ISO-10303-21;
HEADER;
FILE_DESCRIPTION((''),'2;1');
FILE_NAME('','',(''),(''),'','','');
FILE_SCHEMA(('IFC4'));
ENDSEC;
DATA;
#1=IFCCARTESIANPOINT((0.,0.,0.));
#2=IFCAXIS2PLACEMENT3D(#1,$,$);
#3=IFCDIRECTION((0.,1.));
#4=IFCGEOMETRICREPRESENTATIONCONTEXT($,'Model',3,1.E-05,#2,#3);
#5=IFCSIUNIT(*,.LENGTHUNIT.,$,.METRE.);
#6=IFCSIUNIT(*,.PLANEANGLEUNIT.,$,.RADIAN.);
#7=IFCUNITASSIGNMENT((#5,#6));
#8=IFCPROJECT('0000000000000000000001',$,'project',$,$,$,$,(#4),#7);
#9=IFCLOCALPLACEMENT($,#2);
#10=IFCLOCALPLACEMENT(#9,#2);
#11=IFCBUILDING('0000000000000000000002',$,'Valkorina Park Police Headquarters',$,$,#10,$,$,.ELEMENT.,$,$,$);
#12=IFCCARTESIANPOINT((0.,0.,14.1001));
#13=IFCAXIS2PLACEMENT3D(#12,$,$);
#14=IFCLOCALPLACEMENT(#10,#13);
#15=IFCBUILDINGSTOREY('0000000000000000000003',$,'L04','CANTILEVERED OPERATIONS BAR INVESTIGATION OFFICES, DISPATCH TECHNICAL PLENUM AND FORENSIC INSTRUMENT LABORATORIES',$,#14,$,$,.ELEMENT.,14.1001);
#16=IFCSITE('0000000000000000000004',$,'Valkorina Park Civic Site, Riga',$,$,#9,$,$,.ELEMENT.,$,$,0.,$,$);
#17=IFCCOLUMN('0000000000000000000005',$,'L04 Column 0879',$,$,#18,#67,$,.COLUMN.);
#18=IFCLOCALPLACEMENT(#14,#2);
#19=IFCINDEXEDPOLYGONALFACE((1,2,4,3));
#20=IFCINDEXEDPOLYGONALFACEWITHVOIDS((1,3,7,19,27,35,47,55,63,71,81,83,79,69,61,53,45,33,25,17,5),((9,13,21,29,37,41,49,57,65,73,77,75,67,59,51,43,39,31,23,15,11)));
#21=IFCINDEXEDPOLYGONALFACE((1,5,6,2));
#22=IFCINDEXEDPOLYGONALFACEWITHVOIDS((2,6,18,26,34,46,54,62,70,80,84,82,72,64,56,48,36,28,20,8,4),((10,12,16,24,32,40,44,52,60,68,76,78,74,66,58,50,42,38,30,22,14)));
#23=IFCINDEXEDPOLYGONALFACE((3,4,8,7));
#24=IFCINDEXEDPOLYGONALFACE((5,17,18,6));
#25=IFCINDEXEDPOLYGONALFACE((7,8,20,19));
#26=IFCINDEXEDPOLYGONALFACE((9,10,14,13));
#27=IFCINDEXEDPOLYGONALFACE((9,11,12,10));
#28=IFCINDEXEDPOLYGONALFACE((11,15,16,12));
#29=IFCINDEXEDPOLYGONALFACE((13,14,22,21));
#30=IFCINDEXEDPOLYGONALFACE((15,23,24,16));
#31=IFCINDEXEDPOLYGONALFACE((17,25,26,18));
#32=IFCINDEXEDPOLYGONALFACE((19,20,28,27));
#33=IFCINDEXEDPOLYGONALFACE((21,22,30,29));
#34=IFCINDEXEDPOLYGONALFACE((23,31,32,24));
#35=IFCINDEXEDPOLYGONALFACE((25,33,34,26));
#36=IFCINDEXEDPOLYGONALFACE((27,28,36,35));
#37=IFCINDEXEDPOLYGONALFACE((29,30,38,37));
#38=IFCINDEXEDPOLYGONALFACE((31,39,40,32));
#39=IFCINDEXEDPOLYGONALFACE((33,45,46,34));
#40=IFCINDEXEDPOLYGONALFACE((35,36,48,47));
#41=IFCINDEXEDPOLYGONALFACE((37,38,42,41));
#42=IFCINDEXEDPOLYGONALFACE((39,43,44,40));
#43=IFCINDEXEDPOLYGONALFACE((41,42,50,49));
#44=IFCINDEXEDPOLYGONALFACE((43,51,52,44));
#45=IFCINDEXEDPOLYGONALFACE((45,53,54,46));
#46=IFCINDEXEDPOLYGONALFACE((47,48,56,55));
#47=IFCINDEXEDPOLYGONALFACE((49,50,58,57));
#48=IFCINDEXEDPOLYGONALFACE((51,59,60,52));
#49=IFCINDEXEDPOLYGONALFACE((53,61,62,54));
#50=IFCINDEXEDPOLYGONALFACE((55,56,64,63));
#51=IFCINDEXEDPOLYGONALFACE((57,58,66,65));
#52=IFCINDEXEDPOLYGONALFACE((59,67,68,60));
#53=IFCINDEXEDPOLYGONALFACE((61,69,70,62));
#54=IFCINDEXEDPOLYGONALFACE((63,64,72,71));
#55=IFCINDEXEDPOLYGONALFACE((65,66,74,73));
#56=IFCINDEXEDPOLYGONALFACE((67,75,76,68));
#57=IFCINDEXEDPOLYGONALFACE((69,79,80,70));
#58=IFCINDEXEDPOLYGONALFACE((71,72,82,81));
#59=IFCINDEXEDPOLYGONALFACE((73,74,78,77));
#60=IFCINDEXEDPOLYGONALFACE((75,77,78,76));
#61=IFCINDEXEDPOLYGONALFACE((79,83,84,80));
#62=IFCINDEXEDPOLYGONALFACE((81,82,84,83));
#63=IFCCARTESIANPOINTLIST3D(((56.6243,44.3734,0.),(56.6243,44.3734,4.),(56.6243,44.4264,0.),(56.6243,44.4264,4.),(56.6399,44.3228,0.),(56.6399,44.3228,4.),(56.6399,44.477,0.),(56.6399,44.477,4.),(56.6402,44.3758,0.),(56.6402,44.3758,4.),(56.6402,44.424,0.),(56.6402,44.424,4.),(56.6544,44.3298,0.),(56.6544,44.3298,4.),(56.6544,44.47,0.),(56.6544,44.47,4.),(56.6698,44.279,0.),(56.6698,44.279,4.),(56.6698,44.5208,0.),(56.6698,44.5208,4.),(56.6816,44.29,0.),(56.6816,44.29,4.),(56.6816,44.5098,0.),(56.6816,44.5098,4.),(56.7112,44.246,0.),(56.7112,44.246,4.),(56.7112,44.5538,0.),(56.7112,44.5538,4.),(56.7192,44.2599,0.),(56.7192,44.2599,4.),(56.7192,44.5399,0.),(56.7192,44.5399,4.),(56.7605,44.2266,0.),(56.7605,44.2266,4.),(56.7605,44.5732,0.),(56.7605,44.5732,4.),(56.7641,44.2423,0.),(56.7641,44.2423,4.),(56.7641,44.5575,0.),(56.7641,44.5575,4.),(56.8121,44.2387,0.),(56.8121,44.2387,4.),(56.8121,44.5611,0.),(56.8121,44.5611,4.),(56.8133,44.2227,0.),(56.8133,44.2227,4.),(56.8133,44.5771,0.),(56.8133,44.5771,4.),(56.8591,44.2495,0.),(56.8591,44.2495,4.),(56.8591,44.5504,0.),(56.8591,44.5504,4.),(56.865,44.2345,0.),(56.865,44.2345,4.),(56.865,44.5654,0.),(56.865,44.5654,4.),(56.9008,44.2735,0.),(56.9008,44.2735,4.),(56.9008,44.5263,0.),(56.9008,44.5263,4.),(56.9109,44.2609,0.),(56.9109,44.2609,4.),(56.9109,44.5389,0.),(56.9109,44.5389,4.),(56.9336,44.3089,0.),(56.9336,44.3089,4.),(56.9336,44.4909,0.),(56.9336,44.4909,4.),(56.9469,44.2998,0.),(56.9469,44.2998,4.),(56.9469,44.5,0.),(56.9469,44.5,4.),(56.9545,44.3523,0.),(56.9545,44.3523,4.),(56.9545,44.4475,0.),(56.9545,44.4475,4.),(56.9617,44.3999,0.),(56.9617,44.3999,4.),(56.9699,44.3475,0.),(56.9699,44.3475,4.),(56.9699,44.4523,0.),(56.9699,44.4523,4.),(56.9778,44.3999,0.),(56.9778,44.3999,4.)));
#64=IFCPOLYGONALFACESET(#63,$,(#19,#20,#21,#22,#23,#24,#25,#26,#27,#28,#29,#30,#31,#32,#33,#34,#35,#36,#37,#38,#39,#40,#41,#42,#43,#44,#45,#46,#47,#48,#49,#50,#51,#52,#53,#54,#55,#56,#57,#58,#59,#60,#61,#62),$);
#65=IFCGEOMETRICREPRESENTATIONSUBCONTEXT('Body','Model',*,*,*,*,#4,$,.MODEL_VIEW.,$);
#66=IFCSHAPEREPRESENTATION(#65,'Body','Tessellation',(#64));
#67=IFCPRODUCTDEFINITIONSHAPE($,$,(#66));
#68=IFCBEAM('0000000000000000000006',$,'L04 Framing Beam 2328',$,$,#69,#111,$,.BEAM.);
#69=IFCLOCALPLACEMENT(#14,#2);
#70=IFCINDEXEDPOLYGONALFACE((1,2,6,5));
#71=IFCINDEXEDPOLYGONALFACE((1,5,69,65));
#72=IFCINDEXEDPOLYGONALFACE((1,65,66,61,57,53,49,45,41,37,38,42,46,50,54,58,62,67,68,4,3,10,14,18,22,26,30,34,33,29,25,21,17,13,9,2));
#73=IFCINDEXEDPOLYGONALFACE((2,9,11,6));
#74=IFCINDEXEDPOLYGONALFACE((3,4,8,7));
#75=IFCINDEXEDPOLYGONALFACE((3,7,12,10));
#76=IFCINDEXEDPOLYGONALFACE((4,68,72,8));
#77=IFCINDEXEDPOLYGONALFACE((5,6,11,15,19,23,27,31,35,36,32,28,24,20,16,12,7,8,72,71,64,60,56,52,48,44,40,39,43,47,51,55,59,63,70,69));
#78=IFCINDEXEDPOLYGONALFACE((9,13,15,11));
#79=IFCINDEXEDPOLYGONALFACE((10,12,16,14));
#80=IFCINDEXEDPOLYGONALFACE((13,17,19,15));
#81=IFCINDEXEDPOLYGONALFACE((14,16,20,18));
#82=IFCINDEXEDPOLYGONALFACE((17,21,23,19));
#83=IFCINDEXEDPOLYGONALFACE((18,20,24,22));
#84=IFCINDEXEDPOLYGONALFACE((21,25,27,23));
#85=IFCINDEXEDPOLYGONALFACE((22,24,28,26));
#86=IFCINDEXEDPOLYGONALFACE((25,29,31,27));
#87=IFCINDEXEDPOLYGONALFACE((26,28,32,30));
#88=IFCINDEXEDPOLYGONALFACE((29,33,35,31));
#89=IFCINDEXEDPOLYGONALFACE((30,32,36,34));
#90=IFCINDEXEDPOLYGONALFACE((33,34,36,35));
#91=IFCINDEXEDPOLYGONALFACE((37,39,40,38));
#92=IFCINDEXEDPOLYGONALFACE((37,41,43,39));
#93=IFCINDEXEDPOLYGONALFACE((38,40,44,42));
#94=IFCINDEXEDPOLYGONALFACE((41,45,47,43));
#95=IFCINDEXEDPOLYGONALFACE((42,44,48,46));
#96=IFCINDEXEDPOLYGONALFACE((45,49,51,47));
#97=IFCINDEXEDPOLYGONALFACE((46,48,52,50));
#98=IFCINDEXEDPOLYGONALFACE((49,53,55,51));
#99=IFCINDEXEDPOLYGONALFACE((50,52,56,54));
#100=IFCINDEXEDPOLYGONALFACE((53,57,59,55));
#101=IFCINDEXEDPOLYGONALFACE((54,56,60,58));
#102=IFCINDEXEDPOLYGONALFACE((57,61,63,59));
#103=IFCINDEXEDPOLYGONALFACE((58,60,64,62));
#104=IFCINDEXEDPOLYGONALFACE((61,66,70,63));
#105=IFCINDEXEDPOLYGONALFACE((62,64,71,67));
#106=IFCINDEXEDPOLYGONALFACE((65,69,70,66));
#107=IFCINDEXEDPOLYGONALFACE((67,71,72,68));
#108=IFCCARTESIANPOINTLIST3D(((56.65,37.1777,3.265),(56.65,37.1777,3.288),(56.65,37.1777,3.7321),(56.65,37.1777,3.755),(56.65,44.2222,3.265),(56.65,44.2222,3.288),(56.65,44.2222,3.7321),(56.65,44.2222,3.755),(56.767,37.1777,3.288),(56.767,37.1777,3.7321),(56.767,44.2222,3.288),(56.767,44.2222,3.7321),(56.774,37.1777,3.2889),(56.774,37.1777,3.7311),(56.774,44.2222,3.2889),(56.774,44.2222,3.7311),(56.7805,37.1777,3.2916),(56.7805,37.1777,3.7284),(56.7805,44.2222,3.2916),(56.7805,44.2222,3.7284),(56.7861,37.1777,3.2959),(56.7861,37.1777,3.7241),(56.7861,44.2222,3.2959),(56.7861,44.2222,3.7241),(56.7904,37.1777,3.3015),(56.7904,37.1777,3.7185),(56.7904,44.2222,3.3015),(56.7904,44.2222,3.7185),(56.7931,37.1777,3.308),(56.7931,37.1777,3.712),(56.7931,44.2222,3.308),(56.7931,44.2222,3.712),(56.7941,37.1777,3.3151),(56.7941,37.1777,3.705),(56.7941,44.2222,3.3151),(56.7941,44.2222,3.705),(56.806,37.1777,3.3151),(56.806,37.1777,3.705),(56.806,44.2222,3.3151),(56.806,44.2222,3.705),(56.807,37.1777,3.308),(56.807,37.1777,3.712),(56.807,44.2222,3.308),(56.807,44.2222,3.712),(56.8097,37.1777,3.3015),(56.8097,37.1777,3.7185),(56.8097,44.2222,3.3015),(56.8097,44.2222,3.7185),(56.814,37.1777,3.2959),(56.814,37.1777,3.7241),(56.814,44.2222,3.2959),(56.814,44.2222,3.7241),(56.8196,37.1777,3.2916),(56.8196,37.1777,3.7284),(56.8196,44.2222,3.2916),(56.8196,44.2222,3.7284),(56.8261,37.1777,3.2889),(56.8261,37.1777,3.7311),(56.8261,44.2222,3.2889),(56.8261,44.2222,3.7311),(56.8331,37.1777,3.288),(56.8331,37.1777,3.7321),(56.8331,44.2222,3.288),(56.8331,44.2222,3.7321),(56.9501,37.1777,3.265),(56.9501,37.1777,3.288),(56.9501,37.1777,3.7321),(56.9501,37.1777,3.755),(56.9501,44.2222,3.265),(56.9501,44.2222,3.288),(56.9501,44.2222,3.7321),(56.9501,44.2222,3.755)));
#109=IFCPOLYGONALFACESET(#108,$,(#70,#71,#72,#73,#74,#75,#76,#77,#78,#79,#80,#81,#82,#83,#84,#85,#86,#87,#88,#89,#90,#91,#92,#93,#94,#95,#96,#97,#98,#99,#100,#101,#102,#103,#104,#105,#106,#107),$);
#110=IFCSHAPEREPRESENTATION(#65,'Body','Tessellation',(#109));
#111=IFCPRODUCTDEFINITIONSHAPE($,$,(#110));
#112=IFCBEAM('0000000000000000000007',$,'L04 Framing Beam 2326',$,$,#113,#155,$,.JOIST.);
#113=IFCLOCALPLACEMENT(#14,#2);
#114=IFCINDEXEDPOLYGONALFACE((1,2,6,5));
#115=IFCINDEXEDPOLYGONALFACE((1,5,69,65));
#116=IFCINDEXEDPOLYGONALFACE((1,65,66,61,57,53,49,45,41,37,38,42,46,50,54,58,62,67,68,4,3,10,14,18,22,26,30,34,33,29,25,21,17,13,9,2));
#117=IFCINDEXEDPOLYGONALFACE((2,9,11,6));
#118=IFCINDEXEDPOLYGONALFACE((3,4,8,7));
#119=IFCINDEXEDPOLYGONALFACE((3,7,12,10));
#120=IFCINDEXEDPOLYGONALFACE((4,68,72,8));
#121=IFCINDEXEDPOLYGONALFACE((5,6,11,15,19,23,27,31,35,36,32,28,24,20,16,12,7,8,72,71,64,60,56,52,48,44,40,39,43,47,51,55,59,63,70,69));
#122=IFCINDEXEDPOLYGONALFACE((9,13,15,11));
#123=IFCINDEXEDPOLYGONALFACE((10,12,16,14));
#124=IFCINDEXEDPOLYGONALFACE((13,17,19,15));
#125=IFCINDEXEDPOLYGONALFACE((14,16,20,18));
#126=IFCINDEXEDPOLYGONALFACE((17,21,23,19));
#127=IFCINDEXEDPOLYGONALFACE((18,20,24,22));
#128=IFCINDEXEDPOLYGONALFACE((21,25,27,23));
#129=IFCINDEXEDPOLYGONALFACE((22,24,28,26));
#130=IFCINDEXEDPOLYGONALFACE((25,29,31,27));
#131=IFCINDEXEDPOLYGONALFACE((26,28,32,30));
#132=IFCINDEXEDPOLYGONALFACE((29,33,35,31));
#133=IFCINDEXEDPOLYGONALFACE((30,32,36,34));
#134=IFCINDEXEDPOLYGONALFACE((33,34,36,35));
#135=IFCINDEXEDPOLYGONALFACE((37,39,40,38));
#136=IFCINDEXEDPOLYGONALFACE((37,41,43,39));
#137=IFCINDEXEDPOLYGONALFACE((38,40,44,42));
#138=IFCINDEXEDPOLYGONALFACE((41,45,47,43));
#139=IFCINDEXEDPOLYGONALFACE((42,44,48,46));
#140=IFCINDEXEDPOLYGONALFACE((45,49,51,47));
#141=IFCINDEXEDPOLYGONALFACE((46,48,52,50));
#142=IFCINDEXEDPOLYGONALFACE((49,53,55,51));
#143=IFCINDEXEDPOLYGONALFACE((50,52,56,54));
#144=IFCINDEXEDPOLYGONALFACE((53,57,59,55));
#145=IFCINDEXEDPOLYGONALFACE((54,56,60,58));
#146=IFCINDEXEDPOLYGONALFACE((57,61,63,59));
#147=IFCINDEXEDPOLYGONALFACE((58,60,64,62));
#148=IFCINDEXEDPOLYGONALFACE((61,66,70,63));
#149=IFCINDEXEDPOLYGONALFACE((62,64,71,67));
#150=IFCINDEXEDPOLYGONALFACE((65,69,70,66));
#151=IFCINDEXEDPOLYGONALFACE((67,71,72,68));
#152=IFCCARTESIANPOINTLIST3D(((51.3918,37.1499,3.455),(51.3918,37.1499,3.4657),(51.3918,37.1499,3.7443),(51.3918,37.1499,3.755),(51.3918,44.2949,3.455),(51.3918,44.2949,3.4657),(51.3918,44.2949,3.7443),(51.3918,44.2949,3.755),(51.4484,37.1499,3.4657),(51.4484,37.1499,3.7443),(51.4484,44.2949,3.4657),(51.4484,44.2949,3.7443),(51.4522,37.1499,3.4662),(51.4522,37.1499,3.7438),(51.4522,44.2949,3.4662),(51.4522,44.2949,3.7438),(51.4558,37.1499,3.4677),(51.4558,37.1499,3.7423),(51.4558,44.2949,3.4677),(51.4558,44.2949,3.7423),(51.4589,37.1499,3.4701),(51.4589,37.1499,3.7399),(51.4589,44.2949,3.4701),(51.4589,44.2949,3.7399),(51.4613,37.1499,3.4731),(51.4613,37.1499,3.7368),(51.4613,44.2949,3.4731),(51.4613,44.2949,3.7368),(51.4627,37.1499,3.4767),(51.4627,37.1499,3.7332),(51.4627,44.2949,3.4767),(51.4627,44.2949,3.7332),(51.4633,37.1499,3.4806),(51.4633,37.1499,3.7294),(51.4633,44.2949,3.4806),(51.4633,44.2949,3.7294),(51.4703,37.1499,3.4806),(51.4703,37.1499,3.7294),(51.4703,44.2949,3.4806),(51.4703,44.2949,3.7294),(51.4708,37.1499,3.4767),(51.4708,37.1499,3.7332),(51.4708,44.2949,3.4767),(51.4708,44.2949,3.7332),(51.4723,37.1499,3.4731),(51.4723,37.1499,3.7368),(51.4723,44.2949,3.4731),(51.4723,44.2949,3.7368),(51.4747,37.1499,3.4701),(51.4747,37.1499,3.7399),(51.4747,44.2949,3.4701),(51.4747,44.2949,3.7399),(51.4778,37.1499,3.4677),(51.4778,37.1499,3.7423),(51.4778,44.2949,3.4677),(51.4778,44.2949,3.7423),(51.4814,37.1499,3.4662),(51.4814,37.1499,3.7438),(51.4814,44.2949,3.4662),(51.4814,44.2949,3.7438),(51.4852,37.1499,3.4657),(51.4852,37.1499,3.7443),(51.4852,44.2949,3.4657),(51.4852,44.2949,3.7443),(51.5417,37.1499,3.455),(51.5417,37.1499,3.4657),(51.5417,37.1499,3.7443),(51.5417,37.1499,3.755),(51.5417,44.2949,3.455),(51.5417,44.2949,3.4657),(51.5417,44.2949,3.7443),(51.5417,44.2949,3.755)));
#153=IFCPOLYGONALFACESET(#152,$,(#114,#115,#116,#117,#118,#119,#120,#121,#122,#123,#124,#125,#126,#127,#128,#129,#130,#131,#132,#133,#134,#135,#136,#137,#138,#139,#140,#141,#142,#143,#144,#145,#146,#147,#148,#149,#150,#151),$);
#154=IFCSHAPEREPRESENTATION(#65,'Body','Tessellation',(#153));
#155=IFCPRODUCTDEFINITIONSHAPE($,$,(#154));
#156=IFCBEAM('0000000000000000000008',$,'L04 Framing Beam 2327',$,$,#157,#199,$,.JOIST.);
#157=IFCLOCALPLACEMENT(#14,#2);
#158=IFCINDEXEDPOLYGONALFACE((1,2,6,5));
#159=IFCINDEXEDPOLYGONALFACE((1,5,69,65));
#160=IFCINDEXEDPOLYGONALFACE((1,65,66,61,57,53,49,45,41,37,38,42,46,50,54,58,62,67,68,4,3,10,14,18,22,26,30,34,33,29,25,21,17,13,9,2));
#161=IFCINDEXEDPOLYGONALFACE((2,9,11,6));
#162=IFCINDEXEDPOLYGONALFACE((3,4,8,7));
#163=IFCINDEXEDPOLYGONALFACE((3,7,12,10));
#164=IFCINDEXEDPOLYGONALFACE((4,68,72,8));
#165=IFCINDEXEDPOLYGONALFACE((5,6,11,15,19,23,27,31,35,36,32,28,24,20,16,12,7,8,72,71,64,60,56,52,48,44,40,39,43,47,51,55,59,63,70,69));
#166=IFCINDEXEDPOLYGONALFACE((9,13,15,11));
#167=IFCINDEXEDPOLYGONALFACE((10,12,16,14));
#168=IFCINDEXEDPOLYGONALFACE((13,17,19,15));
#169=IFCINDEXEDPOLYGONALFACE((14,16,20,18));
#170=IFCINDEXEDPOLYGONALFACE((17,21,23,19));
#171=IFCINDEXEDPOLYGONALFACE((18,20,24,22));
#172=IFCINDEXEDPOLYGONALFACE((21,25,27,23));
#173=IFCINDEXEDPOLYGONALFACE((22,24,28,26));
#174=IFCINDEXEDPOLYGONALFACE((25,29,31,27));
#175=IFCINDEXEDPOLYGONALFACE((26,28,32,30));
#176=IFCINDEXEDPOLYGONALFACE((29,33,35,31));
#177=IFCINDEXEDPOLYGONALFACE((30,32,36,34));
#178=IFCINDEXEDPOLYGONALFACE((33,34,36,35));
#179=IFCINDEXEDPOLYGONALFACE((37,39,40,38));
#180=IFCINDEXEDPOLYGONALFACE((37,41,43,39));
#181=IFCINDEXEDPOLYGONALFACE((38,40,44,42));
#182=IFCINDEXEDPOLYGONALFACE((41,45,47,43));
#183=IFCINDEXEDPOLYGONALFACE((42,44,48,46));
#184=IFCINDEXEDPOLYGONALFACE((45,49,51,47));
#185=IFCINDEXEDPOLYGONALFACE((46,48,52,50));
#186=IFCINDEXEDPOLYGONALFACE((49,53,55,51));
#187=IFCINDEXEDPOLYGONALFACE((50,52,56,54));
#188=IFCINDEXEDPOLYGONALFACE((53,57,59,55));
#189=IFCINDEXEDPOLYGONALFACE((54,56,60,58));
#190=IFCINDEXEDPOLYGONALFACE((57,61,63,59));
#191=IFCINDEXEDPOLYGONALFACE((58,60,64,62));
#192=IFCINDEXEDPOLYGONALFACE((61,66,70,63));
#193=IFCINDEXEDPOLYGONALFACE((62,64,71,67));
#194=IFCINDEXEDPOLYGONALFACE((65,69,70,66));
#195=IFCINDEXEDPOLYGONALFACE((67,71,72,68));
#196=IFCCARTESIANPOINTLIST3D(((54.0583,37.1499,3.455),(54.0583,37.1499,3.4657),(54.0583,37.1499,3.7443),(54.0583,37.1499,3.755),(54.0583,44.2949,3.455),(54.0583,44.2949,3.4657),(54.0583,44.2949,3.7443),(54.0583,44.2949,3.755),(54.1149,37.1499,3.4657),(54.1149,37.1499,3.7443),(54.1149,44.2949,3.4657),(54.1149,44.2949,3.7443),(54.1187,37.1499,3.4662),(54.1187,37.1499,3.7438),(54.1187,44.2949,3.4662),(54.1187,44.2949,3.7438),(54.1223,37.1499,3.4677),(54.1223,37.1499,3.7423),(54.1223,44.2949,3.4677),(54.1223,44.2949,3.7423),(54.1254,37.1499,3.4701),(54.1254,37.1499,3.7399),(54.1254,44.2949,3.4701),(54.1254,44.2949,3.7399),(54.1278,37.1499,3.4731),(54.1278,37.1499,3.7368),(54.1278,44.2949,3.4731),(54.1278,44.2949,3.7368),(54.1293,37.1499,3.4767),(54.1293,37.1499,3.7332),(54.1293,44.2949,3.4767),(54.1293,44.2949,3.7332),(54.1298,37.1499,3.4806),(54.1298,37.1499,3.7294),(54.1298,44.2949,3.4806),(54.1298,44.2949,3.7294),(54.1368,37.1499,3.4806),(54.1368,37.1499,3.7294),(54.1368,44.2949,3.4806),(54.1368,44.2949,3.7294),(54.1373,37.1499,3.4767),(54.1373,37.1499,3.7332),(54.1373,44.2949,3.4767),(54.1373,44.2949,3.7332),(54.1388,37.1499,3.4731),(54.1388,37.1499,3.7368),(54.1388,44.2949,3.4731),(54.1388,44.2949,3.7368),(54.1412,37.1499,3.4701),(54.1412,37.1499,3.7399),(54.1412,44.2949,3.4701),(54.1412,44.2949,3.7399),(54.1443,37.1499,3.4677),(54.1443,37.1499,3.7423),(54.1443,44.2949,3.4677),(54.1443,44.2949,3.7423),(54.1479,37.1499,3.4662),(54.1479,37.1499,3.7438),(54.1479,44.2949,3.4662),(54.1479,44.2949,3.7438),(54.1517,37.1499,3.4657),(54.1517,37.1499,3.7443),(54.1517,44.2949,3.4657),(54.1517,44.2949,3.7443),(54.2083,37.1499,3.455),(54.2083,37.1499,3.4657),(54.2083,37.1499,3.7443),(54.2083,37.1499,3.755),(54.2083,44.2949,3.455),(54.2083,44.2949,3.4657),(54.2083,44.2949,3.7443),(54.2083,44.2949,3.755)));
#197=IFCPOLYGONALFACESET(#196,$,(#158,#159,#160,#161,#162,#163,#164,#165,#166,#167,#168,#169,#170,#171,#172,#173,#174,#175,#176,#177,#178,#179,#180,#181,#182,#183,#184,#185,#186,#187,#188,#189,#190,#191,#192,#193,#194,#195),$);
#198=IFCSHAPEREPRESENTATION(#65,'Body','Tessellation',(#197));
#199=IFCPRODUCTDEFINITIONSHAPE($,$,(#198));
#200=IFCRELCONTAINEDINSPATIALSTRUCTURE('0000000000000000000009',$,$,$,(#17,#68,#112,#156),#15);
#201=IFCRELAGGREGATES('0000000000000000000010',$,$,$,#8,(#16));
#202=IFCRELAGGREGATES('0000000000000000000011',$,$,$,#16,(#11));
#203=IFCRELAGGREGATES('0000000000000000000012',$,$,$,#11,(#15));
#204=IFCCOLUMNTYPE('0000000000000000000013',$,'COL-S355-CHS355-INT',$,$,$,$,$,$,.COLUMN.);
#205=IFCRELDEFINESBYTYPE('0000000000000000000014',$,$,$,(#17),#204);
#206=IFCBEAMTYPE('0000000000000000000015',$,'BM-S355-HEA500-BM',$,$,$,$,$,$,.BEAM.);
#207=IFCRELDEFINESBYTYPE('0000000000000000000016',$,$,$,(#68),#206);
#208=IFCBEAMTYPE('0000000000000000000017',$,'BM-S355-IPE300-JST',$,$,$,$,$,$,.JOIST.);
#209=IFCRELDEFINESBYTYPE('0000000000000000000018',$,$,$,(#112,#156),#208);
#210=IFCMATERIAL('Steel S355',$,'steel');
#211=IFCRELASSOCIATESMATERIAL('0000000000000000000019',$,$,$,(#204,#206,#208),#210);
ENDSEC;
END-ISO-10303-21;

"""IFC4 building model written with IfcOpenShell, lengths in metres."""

from ifc_helpers import new_model, si_unit, direction, frame, origin, origin_2d, place, context, subcontext, project, spatial, hollow_circle, i_section, extrude, material, material_profile, profile_set, type_object, element, save


model = new_model("IFC4")

# Units and contexts
model_context = context("Model", 3, precision=1e-05, world=origin(), true_north=direction((0.0, 1.0)))
body_context = subcontext(model_context, "Body", "Model", "MODEL_VIEW")
ifc_project = project(units=[si_unit("LENGTHUNIT", "METRE"), si_unit("PLANEANGLEUNIT", "RADIAN")], contexts=[model_context])

# Site, building, storey
site_placement = place(None, origin())
site = spatial("IfcSite", under=ifc_project, at=site_placement, Name="Valkorina Park Civic Site, Riga", CompositionType="ELEMENT", RefElevation=0.0)
building_placement = place(site_placement, origin())
building = spatial("IfcBuilding", under=site, at=building_placement, Name="Valkorina Park Police Headquarters", CompositionType="ELEMENT")
storey_placement = place(building_placement, frame((0.0, 0.0, 14.1001)))
storey = spatial("IfcBuildingStorey", under=building, at=storey_placement, Name="L04", Description="CANTILEVERED OPERATIONS BAR INVESTIGATION OFFICES, DISPATCH TECHNICAL PLENUM AND FORENSIC INSTRUMENT LABORATORIES", CompositionType="ELEMENT", Elevation=14.1001)

# Column
ifc_material_1 = material(Name="Steel S355", Category="steel")
ifc_material_profile_1 = material_profile(ifc_material_1, hollow_circle(Radius=0.1777, WallThickness=0.0161, at=origin_2d()), Name="CHS 355.6x16")
ifc_profile_set_1 = profile_set([ifc_material_profile_1], Name="Steel S355")
column_type = type_object("IfcColumnType", Name="COL-S355-CHS355-INT", PredefinedType="COLUMN", material=ifc_profile_set_1)
column_placement = place(storey_placement, frame((56.8, 44.3999, 0.0), z_axis=(0.0, 0.0, 1.0), x_axis=(1.0, 0.0, 0.0)))
element("IfcColumn", 1, at=column_placement, inside=storey, type_object=column_type, Name="L04 Column 0879", PredefinedType="COLUMN", context=body_context, shape_type="SweptSolid", body=[
    extrude(hollow_circle(Radius=0.1777, WallThickness=0.0161, at=origin_2d()), origin(), (0.0, 0.0, 1.0), 4.0),
])

# Beams
ifc_material_profile_2 = material_profile(ifc_material_1, i_section(OverallWidth=0.3, OverallDepth=0.49, WebThickness=0.012, FlangeThickness=0.0229, FilletRadius=0.0271, at=origin_2d()), Name="HEA 500")
ifc_profile_set_2 = profile_set([ifc_material_profile_2], Name="Steel S355")
beam_type_1 = type_object("IfcBeamType", Name="BM-S355-HEA500-BM", PredefinedType="BEAM", material=ifc_profile_set_2)
beam_placement = place(storey_placement, frame((56.8, 37.1777, 3.51), z_axis=(0.0, 1.0, 0.0), x_axis=(-1.0, 0.0, 0.0)))
element("IfcBeam", 2, at=beam_placement, inside=storey, type_object=beam_type_1, Name="L04 Framing Beam 2328", PredefinedType="BEAM", context=body_context, shape_type="SweptSolid", body=[
    extrude(i_section(OverallWidth=0.3, OverallDepth=0.49, WebThickness=0.012, FlangeThickness=0.0229, FilletRadius=0.0271, at=origin_2d()), origin(), (0.0, 0.0, 1.0), 7.0444),
])
ifc_material_profile_3 = material_profile(ifc_material_1, i_section(OverallWidth=0.1499, OverallDepth=0.3, WebThickness=0.0071, FlangeThickness=0.0107, FilletRadius=0.0149, at=origin_2d()), Name="IPE 300")
ifc_profile_set_3 = profile_set([ifc_material_profile_3], Name="Steel S355")
beam_type_2 = type_object("IfcBeamType", Name="BM-S355-IPE300-JST", PredefinedType="JOIST", material=ifc_profile_set_3)
for number, where, z_axis, x_axis, name in (
    (3, (51.4668, 37.1499, 3.605), (0.0, 1.0, 0.0), (-1.0, 0.0, 0.0), "L04 Framing Beam 2326"),
    (4, (54.1333, 37.1499, 3.605), (0.0, 1.0, 0.0), (-1.0, 0.0, 0.0), "L04 Framing Beam 2327"),
):
    element("IfcBeam", number, at=place(storey_placement, frame(where, z_axis=z_axis, x_axis=x_axis)), inside=storey, type_object=beam_type_2, Name=name, PredefinedType="JOIST", context=body_context, shape_type="SweptSolid", body=[
        extrude(i_section(OverallWidth=0.1499, OverallDepth=0.3, WebThickness=0.0071, FlangeThickness=0.0107, FilletRadius=0.0149, at=origin_2d()), origin(), (0.0, 0.0, 1.0), 7.145),
    ])

save(model, "model.ifc")
